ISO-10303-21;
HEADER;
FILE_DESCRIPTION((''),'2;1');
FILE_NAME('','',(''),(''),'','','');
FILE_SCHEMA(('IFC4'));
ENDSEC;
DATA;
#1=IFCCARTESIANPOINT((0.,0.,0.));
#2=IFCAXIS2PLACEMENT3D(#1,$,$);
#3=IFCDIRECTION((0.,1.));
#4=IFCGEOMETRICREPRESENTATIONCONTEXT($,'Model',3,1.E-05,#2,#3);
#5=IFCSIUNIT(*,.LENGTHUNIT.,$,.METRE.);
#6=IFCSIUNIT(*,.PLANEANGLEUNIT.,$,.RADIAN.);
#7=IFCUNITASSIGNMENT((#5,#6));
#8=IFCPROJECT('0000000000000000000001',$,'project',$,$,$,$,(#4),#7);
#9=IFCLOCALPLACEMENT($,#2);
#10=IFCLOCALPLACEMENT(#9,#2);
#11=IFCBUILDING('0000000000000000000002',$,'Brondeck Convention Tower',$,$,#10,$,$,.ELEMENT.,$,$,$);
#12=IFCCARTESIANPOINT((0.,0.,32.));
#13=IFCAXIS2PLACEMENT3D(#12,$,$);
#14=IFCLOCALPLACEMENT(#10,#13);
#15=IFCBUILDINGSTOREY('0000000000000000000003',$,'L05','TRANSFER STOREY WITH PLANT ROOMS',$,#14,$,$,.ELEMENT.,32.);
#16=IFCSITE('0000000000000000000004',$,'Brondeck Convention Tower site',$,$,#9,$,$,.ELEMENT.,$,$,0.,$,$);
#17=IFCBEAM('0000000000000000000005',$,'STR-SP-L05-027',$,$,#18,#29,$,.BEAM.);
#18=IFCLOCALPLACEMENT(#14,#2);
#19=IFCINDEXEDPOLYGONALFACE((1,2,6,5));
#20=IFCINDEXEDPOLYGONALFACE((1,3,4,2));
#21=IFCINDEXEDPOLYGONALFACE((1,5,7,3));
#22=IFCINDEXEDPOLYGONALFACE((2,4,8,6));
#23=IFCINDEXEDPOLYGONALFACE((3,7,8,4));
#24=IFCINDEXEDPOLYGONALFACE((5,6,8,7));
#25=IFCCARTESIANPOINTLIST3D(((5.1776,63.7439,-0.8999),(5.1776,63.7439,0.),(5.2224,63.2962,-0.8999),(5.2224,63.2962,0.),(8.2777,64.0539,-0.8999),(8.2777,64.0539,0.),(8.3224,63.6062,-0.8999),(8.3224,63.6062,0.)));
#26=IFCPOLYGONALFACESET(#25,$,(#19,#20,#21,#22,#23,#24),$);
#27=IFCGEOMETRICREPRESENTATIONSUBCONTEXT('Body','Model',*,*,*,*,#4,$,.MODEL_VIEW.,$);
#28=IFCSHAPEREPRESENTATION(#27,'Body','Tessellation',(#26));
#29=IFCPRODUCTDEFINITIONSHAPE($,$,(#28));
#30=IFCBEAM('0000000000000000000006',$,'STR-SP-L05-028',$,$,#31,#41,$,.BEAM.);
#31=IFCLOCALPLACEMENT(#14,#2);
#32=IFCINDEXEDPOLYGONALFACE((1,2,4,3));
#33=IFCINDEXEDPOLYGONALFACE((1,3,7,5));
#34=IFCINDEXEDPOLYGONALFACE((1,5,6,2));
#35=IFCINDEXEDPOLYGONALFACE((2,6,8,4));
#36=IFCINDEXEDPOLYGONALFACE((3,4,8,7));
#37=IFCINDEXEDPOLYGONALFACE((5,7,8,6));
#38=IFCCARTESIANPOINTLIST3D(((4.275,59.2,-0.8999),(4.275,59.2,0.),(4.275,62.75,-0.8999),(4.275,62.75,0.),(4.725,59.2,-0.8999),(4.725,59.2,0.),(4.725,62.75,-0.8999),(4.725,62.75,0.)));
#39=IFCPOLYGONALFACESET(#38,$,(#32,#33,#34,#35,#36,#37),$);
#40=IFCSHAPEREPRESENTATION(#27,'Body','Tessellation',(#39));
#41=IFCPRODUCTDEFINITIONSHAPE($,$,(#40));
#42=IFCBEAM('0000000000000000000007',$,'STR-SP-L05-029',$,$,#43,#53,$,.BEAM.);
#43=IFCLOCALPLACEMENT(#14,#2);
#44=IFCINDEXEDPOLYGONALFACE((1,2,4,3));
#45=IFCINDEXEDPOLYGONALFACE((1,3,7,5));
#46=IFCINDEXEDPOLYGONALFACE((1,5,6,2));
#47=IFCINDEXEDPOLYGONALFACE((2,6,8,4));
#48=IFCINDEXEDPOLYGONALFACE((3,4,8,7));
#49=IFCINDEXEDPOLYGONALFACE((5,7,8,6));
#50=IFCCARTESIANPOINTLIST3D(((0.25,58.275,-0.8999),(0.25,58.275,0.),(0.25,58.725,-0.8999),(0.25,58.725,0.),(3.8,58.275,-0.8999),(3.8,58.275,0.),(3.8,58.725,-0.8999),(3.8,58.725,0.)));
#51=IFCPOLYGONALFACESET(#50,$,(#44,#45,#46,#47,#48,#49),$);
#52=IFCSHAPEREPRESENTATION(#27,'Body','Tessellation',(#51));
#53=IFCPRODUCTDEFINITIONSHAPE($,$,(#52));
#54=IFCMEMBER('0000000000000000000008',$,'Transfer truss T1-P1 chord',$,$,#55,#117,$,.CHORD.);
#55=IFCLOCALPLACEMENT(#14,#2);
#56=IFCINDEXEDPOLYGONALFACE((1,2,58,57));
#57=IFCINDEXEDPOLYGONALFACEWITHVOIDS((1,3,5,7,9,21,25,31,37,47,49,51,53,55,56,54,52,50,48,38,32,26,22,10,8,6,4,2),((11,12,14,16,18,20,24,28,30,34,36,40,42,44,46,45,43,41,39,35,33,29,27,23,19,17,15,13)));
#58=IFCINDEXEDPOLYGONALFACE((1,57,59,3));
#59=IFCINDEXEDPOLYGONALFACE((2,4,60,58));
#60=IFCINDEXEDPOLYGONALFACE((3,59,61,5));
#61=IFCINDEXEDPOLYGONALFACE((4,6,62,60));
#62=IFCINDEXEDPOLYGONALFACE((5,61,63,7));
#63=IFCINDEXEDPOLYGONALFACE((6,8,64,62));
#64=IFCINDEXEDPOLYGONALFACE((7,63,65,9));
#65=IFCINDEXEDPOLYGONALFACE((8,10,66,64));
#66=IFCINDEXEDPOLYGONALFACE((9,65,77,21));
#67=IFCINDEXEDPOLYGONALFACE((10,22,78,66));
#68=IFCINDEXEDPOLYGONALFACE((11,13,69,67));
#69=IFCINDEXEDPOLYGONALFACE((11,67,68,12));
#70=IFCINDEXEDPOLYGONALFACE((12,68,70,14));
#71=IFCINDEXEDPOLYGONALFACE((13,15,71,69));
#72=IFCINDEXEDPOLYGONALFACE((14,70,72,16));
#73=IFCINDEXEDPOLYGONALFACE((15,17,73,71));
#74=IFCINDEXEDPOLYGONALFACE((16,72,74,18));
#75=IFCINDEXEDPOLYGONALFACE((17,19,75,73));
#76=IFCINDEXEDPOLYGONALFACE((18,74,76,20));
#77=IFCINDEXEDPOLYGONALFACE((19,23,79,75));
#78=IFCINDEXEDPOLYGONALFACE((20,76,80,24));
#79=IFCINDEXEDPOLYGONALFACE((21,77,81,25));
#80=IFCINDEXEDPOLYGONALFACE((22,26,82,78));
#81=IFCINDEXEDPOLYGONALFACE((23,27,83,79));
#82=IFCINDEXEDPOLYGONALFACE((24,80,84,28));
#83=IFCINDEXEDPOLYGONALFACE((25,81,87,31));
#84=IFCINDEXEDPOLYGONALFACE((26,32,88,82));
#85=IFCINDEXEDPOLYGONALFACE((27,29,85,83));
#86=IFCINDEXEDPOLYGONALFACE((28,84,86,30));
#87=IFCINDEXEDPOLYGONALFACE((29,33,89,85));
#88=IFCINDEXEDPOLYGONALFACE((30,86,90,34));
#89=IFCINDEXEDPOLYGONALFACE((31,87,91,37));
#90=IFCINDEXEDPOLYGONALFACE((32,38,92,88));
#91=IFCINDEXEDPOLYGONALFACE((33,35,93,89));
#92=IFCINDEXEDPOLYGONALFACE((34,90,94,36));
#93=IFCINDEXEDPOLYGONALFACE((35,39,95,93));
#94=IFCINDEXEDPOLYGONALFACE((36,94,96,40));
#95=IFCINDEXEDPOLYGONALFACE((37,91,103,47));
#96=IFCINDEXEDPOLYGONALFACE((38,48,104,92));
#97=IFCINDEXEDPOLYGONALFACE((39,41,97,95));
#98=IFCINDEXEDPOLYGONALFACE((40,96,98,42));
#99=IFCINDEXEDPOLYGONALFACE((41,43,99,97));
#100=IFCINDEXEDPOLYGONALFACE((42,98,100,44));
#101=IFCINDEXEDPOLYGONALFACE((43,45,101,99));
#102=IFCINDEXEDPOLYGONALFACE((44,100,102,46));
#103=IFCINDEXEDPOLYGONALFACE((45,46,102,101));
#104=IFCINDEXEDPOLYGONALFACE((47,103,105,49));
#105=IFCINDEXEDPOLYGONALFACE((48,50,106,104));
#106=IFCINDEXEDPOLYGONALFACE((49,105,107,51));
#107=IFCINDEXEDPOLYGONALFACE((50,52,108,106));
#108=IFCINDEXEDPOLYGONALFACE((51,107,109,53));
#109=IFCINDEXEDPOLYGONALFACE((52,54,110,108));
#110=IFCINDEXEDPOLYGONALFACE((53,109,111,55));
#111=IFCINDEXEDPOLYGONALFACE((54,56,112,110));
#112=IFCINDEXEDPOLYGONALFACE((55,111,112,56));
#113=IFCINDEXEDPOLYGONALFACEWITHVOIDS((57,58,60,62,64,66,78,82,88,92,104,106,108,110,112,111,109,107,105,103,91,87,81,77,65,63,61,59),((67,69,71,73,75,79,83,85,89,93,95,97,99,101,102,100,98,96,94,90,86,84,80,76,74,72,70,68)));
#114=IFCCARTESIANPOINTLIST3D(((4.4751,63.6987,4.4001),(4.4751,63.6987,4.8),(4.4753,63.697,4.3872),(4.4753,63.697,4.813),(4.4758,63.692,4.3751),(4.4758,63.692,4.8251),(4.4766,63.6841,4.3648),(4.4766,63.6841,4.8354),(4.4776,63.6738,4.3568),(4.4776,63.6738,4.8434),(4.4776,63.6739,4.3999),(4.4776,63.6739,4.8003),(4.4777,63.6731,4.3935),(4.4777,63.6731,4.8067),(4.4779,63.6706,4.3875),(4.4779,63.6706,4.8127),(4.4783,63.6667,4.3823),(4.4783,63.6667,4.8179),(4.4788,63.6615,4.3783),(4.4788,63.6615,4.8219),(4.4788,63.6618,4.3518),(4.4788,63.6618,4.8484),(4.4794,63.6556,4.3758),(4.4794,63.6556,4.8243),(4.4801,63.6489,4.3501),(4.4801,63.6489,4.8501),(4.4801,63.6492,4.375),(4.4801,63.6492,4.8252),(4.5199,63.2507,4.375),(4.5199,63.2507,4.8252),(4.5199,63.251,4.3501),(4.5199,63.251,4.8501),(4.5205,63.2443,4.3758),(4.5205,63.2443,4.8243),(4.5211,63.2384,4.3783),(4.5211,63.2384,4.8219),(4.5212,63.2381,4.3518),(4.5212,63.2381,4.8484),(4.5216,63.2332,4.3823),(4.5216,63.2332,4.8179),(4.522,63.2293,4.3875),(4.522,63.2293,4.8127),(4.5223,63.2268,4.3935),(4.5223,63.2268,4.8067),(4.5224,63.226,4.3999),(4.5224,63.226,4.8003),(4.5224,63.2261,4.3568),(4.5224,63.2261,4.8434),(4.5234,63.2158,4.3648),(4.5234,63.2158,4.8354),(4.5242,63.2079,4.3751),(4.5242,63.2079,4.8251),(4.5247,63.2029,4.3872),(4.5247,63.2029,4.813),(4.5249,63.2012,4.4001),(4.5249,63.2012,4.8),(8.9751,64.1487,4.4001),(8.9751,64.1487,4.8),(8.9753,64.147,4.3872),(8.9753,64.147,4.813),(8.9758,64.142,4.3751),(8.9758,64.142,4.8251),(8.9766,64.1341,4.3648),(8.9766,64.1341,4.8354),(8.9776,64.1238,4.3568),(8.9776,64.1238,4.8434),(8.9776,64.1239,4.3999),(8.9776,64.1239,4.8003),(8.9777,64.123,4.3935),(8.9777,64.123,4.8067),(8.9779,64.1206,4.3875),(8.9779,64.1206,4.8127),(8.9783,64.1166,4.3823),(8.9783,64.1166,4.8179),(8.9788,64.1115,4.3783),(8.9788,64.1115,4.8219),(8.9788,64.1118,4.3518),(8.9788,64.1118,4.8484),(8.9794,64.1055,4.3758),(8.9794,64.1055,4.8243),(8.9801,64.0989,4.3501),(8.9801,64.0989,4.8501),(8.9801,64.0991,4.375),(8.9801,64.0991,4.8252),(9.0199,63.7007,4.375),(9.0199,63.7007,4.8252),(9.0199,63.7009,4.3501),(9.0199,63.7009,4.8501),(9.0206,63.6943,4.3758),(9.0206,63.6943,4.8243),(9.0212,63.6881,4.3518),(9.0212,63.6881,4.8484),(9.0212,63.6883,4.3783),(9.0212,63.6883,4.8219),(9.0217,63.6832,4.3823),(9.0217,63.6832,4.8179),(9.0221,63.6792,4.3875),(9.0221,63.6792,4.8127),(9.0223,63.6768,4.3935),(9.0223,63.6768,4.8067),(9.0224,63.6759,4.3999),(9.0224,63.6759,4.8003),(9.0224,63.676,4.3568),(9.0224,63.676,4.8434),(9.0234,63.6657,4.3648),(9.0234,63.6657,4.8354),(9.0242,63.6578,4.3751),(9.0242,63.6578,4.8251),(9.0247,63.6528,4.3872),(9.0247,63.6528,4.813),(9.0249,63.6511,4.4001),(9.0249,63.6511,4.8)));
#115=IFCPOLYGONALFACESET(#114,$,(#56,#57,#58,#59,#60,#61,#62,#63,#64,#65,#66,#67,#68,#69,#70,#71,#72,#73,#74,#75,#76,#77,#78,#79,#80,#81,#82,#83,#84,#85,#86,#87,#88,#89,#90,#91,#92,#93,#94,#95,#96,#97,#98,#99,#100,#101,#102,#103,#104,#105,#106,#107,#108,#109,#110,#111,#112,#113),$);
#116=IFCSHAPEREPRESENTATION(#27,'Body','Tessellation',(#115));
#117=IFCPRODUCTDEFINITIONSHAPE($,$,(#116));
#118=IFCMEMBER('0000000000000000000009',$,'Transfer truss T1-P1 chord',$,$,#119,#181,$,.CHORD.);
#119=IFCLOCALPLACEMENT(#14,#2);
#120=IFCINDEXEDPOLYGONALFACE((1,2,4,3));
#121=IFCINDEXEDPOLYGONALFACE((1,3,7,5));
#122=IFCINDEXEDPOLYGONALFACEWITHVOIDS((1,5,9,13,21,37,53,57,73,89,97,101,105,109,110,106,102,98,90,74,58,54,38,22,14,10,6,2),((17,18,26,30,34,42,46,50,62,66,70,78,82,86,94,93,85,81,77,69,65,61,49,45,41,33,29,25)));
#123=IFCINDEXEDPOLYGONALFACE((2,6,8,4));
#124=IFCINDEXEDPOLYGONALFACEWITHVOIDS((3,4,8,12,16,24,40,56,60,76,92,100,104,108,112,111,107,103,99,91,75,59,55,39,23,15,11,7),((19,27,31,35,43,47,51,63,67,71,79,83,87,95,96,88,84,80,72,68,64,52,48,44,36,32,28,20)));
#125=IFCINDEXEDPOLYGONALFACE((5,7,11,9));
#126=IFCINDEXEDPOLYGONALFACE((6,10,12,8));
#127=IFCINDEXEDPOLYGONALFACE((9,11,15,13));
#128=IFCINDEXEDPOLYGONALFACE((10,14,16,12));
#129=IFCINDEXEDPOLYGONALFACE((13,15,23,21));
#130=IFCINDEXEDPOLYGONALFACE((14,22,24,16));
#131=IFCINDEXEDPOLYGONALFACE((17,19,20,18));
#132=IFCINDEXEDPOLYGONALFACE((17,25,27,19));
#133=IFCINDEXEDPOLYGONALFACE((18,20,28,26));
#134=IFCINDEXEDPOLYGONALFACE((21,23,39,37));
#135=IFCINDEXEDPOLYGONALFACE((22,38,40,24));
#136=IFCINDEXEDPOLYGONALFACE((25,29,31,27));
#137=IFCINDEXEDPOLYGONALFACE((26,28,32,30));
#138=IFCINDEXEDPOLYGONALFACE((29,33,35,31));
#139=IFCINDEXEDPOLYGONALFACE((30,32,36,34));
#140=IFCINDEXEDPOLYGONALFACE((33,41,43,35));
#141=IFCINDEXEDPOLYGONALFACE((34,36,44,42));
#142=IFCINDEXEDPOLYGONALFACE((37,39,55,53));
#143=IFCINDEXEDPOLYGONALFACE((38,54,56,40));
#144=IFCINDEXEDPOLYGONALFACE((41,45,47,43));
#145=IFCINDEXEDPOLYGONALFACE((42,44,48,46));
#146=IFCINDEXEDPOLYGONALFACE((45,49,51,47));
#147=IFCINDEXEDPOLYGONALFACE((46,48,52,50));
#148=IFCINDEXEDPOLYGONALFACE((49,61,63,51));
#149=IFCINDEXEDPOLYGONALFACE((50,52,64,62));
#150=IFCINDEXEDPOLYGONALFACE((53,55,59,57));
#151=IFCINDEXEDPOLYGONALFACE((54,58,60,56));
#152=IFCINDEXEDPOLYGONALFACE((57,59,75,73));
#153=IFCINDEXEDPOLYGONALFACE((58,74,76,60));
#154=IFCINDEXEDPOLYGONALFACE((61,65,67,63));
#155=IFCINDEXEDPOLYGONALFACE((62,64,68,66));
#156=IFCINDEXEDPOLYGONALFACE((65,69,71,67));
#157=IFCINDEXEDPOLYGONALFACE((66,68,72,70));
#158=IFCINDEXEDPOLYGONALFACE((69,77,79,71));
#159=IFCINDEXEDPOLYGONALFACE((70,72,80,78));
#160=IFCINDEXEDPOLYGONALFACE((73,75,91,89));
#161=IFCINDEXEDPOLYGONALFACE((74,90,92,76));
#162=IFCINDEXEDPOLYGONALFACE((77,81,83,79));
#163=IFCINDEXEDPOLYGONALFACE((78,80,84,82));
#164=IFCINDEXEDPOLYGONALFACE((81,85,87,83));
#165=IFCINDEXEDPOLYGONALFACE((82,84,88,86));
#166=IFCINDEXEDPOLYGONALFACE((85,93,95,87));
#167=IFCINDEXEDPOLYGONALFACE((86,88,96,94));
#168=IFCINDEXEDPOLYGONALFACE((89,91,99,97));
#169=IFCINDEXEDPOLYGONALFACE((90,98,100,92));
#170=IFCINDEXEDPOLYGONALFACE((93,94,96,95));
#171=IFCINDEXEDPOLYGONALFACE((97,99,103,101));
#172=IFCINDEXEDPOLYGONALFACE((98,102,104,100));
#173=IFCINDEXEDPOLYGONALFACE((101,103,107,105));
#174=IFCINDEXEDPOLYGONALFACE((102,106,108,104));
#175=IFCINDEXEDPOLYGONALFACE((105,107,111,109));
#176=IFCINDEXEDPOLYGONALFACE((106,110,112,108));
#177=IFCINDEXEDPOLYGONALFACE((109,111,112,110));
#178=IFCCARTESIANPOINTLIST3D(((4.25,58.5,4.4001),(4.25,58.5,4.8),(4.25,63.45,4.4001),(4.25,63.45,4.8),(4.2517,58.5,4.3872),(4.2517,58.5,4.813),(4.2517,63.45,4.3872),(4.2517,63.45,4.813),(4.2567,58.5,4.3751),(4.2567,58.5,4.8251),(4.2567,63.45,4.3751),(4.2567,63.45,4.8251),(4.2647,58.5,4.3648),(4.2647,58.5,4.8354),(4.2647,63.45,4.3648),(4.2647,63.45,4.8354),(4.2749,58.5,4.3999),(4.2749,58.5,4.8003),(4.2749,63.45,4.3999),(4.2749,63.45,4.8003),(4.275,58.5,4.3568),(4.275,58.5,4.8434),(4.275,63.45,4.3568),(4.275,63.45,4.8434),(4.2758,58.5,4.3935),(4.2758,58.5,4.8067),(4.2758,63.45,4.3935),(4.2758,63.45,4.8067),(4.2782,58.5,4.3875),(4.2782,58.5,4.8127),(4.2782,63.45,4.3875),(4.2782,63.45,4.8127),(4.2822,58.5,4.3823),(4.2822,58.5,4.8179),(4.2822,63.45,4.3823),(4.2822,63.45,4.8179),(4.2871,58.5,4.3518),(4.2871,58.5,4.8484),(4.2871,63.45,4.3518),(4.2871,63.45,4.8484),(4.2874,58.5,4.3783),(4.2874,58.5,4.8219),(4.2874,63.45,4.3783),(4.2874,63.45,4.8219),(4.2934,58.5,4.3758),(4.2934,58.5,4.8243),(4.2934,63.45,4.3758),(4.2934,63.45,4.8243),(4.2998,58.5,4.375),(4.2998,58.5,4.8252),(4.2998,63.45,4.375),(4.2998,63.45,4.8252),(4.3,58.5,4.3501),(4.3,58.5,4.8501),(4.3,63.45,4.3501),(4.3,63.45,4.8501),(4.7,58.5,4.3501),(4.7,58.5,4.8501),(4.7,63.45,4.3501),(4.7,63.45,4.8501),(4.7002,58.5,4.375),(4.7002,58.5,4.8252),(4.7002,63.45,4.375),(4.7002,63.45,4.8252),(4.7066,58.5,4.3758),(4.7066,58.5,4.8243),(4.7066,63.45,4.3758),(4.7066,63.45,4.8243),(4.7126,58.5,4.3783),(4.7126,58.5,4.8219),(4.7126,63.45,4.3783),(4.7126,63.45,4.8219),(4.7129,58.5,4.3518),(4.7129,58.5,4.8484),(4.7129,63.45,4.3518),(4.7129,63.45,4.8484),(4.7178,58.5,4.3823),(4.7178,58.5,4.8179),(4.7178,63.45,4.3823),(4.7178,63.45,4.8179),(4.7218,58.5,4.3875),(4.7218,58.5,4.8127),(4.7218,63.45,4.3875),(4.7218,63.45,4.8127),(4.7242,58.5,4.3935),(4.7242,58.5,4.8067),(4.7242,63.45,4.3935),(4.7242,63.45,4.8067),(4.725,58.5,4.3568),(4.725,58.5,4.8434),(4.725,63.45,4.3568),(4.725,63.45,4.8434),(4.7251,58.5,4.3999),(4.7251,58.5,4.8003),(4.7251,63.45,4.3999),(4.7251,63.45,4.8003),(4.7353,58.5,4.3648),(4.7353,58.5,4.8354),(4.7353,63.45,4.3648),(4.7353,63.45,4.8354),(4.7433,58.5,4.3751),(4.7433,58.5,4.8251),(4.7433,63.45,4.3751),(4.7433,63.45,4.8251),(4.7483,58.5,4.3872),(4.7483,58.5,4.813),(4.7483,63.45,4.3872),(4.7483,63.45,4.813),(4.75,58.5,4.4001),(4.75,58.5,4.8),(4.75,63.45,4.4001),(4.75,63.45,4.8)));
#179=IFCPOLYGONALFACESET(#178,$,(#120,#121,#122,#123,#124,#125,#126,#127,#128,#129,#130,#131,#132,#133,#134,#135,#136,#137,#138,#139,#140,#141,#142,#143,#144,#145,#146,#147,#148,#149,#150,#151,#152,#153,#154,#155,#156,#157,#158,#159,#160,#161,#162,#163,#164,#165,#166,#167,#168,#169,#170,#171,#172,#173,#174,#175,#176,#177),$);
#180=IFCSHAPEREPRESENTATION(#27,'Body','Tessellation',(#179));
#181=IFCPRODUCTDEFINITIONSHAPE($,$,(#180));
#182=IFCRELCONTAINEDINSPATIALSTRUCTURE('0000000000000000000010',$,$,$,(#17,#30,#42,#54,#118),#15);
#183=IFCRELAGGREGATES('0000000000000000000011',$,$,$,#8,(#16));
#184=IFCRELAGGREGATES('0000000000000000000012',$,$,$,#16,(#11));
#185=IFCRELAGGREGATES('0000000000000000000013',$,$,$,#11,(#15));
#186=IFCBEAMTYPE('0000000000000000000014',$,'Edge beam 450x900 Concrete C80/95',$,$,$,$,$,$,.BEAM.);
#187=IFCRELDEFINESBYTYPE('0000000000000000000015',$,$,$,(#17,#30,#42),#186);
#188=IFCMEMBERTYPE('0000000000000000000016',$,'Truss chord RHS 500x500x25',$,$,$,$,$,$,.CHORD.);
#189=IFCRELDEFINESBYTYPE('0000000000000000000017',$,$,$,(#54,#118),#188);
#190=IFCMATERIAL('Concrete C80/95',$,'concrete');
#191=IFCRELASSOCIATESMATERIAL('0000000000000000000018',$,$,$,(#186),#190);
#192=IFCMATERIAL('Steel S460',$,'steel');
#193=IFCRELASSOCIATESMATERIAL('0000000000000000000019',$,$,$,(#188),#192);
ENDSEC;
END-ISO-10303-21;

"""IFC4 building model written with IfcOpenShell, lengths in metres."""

from ifc_helpers import new_model, si_unit, direction, frame, origin, origin_2d, place, context, subcontext, project, spatial, rectangle, hollow_rectangle, extrude, material, material_profile, profile_set, type_object, element, save


model = new_model("IFC4")

# Units and contexts
model_context = context("Model", 3, precision=1e-05, world=origin(), true_north=direction((0.0, 1.0)))
body_context = subcontext(model_context, "Body", "Model", "MODEL_VIEW")
ifc_project = project(units=[si_unit("LENGTHUNIT", "METRE"), si_unit("PLANEANGLEUNIT", "RADIAN")], contexts=[model_context])

# Site, building, storey
site_placement = place(None, origin())
site = spatial("IfcSite", under=ifc_project, at=site_placement, Name="Brondeck Convention Tower site", CompositionType="ELEMENT", RefElevation=0.0)
building_placement = place(site_placement, origin())
building = spatial("IfcBuilding", under=site, at=building_placement, Name="Brondeck Convention Tower", CompositionType="ELEMENT")
storey_placement = place(building_placement, frame((0.0, 0.0, 32.0)))
storey = spatial("IfcBuildingStorey", under=building, at=storey_placement, Name="L05", Description="TRANSFER STOREY WITH PLANT ROOMS", CompositionType="ELEMENT", Elevation=32.0)

# Shared definitions
ifc_material_1 = material(Name="Steel S460", Category="steel")

# Beams
ifc_material_2 = material(Name="Concrete C80/95", Category="concrete")
ifc_material_profile_1 = material_profile(ifc_material_2, rectangle(XDim=0.45, YDim=0.8999, at=origin_2d()), Name="Edge beam 450x900 Concrete C80/95")
ifc_profile_set_1 = profile_set([ifc_material_profile_1], Name="Concrete C80/95")
beam_type = type_object("IfcBeamType", Name="Edge beam 450x900 Concrete C80/95", PredefinedType="BEAM", material=ifc_profile_set_1)
beam_placement = place(storey_placement, frame((8.3, 63.8301, -0.45), z_axis=(-0.995036, -0.099519, 0.0), x_axis=(0.099519, -0.995036, 0.0)))
element("IfcBeam", 1, at=beam_placement, inside=storey, type_object=beam_type, Name="STR-SP-L05-027", PredefinedType="BEAM", context=body_context, shape_type="SweptSolid", body=[
    extrude(rectangle(XDim=0.45, YDim=0.8999, at=origin_2d()), origin(), (0.0, 0.0, 1.0), 3.1155),
])
for number, where, z_axis, x_axis, name in (
    (2, (4.5, 62.75, -0.45), (0.0, -1.0, 0.0), (1.0, 0.0, 0.0), "STR-SP-L05-028"),
    (3, (3.8, 58.5, -0.45), (-1.0, 0.0, 0.0), (0.0, -1.0, 0.0), "STR-SP-L05-029"),
):
    element("IfcBeam", number, at=place(storey_placement, frame(where, z_axis=z_axis, x_axis=x_axis)), inside=storey, type_object=beam_type, Name=name, PredefinedType="BEAM", context=body_context, shape_type="SweptSolid", body=[
        extrude(rectangle(XDim=0.45, YDim=0.8999, at=origin_2d()), origin(), (0.0, 0.0, 1.0), 3.55),
    ])

# Members
ifc_material_profile_2 = material_profile(ifc_material_1, hollow_rectangle(XDim=0.5, YDim=0.5, WallThickness=0.0249, InnerFilletRadius=0.0249, OuterFilletRadius=0.05, at=origin_2d()), Name="RHS 500x500x25")
ifc_profile_set_2 = profile_set([ifc_material_profile_2], Name="Steel S460")
member_type_1 = type_object("IfcMemberType", Name="Truss chord RHS 500x500x25", PredefinedType="CHORD", material=ifc_profile_set_2)
member_1_placement = place(storey_placement, frame((9.0, 63.8999, 4.6001), z_axis=(-0.995038, -0.099493, 0.0), x_axis=(0.099493, -0.995038, 0.0)))
element("IfcMember", 4, at=member_1_placement, inside=storey, type_object=member_type_1, Name="Transfer truss T1-P1 chord", PredefinedType="CHORD", context=body_context, shape_type="SweptSolid", body=[
    extrude(hollow_rectangle(XDim=0.5, YDim=0.5, WallThickness=0.0249, InnerFilletRadius=0.0249, OuterFilletRadius=0.05, at=origin_2d()), origin(), (0.0, 0.0, 1.0), 4.5225),
])
for number, where, z_axis, x_axis, name in (
    (5, (4.5, 63.45, 4.6001), (0.0, -1.0, 0.0), (1.0, 0.0, 0.0), "Transfer truss T1-P1 chord"),
):
    element("IfcMember", number, at=place(storey_placement, frame(where, z_axis=z_axis, x_axis=x_axis)), inside=storey, type_object=member_type_1, Name=name, PredefinedType="CHORD", context=body_context, shape_type="SweptSolid", body=[
        extrude(hollow_rectangle(XDim=0.5, YDim=0.5, WallThickness=0.0249, InnerFilletRadius=0.0249, OuterFilletRadius=0.05, at=origin_2d()), origin(), (0.0, 0.0, 1.0), 4.95),
    ])

save(model, "model.ifc")
